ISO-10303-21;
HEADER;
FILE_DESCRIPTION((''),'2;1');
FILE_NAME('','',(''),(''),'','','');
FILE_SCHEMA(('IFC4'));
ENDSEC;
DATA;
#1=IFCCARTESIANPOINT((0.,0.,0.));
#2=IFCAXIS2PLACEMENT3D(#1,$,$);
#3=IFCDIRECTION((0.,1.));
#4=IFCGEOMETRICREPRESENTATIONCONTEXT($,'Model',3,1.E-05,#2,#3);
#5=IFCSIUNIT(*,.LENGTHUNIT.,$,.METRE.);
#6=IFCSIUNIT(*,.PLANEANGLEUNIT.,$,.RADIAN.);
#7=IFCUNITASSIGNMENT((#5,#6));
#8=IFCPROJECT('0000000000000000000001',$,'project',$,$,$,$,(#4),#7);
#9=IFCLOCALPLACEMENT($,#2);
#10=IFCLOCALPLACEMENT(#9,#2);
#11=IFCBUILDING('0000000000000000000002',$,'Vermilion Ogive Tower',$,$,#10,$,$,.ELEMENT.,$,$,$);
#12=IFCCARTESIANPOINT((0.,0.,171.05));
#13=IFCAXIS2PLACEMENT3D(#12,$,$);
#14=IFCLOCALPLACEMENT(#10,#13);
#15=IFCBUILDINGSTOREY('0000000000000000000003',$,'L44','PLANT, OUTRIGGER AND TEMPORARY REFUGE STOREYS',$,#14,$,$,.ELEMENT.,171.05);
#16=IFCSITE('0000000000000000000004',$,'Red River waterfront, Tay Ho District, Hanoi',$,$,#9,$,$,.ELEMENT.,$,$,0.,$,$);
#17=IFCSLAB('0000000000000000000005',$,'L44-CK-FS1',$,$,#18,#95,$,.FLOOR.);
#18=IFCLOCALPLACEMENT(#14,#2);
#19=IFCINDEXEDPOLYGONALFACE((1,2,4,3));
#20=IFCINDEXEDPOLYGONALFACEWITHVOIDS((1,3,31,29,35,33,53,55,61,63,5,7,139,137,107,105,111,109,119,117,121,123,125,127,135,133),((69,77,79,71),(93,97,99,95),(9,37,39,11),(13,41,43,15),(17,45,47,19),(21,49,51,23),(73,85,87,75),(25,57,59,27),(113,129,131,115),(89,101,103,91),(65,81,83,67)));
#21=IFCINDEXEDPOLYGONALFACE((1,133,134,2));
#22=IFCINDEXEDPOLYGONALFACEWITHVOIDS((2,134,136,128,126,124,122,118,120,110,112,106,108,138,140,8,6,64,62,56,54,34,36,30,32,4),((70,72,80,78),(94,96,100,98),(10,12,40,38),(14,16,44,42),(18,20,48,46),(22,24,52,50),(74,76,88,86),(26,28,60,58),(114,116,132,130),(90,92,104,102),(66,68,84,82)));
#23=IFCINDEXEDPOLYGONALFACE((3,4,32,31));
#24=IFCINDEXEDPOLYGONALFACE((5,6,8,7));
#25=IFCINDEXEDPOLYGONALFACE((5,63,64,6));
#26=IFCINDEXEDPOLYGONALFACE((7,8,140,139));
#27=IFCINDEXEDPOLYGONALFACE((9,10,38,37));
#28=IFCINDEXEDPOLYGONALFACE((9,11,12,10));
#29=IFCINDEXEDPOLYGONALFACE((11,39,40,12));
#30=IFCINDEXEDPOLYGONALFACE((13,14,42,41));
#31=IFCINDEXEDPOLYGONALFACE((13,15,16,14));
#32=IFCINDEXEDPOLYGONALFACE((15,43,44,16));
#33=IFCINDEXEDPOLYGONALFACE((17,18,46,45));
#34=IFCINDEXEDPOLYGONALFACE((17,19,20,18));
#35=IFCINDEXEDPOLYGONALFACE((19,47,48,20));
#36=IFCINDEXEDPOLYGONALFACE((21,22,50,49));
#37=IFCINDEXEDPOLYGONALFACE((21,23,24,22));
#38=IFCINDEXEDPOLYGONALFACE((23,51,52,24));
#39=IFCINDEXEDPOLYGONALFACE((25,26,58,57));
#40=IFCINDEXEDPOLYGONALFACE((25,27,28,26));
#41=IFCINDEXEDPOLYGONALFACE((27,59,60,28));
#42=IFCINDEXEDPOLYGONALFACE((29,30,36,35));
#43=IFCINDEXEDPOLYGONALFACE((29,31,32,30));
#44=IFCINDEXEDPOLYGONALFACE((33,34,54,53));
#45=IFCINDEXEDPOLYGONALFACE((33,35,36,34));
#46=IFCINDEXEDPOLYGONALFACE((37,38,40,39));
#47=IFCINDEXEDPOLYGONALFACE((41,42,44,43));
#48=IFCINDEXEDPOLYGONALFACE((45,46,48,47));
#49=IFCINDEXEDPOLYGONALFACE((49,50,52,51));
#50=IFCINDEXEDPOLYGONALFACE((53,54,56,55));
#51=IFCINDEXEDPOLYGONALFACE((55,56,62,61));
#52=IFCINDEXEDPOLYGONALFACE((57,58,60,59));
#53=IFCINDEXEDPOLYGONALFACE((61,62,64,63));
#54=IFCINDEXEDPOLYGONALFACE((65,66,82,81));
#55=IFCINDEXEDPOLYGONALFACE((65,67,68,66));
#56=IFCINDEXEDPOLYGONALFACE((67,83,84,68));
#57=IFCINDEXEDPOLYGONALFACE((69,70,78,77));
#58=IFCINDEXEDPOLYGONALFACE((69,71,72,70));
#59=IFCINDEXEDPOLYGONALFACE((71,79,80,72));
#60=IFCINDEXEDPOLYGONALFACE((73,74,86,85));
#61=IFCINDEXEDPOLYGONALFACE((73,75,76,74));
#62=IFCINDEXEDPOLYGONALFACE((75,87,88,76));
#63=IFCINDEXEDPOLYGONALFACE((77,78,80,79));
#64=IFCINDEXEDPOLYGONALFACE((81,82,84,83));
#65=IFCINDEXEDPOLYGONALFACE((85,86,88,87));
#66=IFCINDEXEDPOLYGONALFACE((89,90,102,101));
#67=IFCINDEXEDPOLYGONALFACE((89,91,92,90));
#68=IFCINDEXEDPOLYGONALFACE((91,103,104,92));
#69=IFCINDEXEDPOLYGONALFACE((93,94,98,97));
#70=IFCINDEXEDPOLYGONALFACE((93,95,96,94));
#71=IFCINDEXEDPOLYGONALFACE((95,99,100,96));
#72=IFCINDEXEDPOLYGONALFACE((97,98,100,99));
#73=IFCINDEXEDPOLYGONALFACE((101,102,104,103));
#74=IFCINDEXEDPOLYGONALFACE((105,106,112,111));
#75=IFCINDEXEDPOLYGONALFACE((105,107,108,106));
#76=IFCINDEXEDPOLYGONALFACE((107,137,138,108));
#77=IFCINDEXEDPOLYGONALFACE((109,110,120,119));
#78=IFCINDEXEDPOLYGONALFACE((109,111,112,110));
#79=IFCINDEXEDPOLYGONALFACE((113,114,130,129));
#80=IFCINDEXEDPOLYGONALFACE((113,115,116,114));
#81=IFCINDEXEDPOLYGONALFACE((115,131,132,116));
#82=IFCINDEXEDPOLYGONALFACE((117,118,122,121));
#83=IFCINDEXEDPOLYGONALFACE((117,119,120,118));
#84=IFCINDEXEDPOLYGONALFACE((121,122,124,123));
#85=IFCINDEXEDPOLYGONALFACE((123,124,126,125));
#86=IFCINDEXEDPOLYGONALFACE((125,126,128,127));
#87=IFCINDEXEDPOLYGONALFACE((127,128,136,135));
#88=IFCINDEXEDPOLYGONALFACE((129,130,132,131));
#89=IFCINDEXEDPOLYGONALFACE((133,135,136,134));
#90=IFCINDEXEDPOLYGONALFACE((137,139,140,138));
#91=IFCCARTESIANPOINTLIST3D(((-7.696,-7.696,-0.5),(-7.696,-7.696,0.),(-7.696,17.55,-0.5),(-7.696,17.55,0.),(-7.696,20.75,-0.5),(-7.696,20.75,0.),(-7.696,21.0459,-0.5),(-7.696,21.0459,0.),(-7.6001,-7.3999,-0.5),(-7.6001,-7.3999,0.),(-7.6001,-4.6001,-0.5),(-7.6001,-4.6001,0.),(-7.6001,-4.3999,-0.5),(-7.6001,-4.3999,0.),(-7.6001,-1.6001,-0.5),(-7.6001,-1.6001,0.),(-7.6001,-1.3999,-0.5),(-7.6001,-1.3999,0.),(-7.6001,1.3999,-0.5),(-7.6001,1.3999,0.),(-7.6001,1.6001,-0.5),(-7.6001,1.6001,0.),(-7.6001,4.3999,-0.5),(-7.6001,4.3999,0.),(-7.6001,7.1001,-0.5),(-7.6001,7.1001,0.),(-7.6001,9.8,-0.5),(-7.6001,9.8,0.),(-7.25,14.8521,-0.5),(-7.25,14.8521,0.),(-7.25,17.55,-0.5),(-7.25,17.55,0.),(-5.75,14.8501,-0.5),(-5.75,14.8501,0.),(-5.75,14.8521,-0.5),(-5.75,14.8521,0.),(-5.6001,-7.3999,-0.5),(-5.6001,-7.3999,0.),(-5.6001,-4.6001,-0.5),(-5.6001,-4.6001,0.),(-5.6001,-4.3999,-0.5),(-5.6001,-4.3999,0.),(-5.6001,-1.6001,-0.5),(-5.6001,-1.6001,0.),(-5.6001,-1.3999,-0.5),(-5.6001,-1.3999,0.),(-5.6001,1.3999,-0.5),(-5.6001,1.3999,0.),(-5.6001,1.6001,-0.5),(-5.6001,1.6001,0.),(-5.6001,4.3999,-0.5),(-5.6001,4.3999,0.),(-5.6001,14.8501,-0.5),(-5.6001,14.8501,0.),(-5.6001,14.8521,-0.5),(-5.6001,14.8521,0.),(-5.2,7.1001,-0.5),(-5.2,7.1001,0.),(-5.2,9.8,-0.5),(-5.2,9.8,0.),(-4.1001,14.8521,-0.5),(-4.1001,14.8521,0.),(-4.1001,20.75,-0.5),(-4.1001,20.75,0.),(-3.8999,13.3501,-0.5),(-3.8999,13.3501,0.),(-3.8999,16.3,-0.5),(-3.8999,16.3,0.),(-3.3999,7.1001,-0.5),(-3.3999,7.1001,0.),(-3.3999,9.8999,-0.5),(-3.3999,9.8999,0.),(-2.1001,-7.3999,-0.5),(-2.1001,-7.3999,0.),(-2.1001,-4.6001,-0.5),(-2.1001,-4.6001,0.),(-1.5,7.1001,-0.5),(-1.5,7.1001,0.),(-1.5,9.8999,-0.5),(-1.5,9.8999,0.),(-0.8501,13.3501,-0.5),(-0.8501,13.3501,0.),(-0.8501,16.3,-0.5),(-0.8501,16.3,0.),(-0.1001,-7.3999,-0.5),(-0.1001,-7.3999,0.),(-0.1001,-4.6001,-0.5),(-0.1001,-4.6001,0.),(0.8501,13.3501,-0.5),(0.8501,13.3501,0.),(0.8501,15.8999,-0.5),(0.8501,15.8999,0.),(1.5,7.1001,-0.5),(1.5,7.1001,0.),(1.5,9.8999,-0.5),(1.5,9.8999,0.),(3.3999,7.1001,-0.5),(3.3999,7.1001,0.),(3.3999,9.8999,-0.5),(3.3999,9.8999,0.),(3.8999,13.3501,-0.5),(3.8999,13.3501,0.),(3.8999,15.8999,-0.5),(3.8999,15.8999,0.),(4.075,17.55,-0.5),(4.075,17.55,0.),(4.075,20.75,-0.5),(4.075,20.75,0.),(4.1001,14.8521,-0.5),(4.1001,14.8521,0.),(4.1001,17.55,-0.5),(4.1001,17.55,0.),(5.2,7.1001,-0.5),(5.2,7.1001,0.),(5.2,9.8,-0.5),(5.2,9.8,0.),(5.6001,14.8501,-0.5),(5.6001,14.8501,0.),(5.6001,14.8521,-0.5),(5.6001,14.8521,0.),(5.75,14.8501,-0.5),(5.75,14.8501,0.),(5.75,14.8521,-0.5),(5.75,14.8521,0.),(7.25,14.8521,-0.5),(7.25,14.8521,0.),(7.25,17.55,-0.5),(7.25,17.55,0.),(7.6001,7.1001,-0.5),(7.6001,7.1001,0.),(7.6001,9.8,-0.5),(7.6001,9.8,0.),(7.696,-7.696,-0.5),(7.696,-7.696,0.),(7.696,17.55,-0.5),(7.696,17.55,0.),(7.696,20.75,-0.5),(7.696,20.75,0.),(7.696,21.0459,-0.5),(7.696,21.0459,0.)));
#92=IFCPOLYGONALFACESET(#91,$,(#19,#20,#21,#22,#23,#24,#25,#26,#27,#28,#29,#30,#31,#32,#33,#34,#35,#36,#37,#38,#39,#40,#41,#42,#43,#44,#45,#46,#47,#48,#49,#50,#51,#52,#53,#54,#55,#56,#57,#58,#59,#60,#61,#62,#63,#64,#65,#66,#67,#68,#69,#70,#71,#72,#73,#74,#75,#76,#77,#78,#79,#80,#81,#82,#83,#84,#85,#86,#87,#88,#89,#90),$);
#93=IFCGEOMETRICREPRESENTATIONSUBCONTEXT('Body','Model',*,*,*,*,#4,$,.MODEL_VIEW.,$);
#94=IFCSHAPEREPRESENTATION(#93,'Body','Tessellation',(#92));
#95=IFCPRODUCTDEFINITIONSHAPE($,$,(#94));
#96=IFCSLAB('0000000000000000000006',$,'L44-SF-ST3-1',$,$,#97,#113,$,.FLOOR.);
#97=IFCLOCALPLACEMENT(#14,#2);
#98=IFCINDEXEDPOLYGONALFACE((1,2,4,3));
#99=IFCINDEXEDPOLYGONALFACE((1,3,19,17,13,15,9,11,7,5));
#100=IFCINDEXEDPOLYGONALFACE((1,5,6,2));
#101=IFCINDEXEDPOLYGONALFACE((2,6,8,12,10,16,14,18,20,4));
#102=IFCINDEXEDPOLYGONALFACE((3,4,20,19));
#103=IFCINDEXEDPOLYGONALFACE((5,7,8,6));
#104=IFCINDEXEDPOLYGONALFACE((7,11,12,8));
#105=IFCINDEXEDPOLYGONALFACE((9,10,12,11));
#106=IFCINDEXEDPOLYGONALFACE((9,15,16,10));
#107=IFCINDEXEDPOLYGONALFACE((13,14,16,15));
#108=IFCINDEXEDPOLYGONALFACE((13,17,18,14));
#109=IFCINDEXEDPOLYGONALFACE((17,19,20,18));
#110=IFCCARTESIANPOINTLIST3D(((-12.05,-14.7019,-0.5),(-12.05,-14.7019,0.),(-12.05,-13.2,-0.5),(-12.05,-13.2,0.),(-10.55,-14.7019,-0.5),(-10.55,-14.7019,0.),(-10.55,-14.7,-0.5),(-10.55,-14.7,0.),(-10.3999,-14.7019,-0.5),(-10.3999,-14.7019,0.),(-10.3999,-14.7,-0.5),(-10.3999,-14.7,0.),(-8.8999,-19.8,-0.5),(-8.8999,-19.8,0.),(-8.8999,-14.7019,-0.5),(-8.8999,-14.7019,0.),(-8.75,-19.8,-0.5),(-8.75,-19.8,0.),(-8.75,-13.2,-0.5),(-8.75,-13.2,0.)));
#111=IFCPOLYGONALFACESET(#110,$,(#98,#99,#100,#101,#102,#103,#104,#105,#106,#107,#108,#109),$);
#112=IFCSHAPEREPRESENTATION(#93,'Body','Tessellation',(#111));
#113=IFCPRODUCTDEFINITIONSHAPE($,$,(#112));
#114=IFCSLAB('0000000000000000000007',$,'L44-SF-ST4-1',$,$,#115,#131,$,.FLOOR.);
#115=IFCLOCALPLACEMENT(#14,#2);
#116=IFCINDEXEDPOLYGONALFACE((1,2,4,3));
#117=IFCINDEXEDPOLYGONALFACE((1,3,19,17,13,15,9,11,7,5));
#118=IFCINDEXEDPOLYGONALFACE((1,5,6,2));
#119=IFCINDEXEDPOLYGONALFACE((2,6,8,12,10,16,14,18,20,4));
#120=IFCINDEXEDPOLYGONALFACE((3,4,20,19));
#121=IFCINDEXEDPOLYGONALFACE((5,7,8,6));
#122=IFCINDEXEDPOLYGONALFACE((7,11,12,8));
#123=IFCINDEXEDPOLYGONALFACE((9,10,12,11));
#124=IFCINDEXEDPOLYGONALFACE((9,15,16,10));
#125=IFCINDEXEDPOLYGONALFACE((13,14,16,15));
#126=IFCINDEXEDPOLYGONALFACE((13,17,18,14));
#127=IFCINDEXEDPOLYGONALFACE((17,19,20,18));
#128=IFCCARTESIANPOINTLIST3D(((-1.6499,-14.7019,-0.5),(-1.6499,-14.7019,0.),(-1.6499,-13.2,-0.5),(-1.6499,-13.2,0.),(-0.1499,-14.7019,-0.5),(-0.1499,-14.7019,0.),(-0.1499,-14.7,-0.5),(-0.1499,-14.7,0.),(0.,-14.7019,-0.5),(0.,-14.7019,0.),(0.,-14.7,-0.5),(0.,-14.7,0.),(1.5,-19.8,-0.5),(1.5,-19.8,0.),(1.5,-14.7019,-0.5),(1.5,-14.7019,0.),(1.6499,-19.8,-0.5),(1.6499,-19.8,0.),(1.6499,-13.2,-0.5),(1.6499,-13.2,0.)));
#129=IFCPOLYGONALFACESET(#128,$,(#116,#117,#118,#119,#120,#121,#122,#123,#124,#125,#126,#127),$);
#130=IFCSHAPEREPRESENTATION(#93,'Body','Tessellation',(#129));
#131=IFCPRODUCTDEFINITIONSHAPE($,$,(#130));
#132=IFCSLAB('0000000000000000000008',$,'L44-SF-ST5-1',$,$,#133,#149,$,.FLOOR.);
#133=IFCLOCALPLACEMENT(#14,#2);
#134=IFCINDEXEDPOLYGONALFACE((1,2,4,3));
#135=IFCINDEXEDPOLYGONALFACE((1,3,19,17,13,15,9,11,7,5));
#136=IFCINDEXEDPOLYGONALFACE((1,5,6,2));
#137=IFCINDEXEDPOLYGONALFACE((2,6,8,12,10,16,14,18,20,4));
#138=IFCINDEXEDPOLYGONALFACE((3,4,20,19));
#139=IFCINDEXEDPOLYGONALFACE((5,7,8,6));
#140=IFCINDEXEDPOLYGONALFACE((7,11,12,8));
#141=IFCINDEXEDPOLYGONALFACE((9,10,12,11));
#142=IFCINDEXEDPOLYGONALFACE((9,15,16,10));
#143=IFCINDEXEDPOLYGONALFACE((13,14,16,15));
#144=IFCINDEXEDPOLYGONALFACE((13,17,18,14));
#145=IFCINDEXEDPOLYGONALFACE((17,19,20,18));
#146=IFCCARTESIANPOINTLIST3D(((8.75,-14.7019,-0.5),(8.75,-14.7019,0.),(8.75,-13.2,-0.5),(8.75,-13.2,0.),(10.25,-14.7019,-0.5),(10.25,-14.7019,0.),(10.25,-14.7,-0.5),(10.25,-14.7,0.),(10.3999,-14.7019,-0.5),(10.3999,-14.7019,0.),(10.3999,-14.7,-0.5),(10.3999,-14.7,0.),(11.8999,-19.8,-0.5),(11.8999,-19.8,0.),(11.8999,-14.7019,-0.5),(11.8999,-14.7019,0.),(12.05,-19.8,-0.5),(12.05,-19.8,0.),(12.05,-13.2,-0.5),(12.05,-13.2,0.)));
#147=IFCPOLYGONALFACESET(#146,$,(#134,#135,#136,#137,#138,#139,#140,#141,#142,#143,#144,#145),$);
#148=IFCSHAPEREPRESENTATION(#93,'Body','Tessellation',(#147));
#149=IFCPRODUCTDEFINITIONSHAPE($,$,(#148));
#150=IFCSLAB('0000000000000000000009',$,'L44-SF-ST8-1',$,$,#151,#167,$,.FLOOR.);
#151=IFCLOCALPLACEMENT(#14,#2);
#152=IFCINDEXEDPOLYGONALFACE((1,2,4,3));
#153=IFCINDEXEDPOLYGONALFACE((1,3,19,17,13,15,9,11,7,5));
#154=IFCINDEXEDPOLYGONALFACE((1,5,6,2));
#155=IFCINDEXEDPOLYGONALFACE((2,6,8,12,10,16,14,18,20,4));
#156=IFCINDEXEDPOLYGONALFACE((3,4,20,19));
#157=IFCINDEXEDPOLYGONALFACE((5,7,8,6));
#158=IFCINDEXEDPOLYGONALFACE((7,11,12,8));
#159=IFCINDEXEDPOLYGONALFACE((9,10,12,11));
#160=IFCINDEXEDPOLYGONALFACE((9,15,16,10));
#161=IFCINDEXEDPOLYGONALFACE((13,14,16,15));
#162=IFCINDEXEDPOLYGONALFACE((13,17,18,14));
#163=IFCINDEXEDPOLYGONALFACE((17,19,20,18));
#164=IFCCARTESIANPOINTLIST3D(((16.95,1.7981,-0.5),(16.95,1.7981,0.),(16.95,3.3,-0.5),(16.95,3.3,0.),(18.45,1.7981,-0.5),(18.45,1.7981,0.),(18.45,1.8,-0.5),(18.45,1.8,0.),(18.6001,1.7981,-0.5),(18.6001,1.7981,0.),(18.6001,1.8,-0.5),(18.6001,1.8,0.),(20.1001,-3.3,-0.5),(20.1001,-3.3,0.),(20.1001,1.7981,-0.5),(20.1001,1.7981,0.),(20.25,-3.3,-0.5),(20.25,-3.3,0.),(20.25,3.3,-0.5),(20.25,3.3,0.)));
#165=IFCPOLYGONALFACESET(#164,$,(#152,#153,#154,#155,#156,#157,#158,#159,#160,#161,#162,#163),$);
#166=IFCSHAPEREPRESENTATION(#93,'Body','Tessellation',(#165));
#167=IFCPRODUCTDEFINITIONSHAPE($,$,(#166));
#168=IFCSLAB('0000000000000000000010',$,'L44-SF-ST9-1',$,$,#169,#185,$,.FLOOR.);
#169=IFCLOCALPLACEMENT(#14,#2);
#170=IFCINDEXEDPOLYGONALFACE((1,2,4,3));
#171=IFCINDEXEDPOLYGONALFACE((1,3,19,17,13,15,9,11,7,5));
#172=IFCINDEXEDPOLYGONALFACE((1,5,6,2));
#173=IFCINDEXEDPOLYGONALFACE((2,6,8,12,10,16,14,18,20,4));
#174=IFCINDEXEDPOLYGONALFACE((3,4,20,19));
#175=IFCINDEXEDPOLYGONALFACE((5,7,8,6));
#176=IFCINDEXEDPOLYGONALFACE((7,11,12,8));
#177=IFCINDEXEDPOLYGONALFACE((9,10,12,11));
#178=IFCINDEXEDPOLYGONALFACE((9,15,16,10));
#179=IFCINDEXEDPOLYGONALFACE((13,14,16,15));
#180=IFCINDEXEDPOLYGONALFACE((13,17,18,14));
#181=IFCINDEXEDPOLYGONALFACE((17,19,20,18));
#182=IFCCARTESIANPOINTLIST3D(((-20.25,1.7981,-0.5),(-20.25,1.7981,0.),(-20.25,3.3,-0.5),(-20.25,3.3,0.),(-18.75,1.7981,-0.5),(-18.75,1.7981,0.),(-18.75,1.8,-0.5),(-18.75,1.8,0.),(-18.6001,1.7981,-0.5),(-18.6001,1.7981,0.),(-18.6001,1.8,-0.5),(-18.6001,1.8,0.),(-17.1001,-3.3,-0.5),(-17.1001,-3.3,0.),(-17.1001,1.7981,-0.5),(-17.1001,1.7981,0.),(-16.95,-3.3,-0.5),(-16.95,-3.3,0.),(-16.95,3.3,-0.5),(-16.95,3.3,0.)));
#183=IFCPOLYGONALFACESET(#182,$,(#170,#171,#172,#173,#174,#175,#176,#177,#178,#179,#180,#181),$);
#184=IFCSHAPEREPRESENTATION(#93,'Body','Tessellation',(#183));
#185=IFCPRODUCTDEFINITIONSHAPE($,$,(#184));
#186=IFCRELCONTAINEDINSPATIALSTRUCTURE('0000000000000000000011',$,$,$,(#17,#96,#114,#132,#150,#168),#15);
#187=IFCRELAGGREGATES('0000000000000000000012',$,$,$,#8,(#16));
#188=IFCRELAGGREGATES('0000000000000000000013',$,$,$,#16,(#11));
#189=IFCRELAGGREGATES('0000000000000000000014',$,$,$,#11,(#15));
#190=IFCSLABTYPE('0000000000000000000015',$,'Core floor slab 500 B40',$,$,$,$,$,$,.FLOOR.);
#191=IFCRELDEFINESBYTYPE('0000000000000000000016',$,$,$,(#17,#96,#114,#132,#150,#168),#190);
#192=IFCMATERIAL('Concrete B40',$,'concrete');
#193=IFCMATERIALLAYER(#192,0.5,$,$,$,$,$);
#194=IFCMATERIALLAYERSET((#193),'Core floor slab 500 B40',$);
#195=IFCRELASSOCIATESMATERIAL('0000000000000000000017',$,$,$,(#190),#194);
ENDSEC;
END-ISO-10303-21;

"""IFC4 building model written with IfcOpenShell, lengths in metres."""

from ifc_helpers import new_model, si_unit, direction, frame, origin, place, context, subcontext, project, spatial, polyline, outline, extrude, material, layer, layer_set, type_object, element, save


model = new_model("IFC4")

# Units and contexts
model_context = context("Model", 3, precision=1e-05, world=origin(), true_north=direction((0.0, 1.0)))
body_context = subcontext(model_context, "Body", "Model", "MODEL_VIEW")
ifc_project = project(units=[si_unit("LENGTHUNIT", "METRE"), si_unit("PLANEANGLEUNIT", "RADIAN")], contexts=[model_context])

# Site, building, storey
site_placement = place(None, origin())
site = spatial("IfcSite", under=ifc_project, at=site_placement, Name="Red River waterfront, Tay Ho District, Hanoi", CompositionType="ELEMENT", RefElevation=0.0)
building_placement = place(site_placement, origin())
building = spatial("IfcBuilding", under=site, at=building_placement, Name="Vermilion Ogive Tower", CompositionType="ELEMENT")
storey_placement = place(building_placement, frame((0.0, 0.0, 171.05)))
storey = spatial("IfcBuildingStorey", under=building, at=storey_placement, Name="L44", Description="PLANT, OUTRIGGER AND TEMPORARY REFUGE STOREYS", CompositionType="ELEMENT", Elevation=171.05)

# Slabs
ifc_material_1 = material(Name="Concrete B40", Category="concrete")
ifc_layer_1 = layer(ifc_material_1, 0.5)
ifc_layer_set_1 = layer_set([ifc_layer_1], Name="Core floor slab 500 B40")
slab_type_1 = type_object("IfcSlabType", Name="Core floor slab 500 B40", PredefinedType="FLOOR", material=ifc_layer_set_1)
slab_1_placement = place(storey_placement, frame((0.0, 0.0, -0.5)))
element("IfcSlab", 1, at=slab_1_placement, inside=storey, type_object=slab_type_1, Name="L44-CK-FS1", PredefinedType="FLOOR", context=body_context, shape_type="SweptSolid", body=[
    extrude(outline(polyline([(5.75, 14.8501), (5.6001, 14.8501), (5.6001, 14.8521), (4.1001, 14.8521), (4.1001, 17.55), (4.075, 17.55), (4.075, 20.75), (7.696, 20.75), (7.696, 21.0459), (-7.696, 21.0459), (-7.696, 20.75), (-4.1001, 20.75), (-4.1001, 14.8521), (-5.6001, 14.8521), (-5.6001, 14.8501), (-5.75, 14.8501), (-5.75, 14.8521), (-7.25, 14.8521), (-7.25, 17.55), (-7.696, 17.55), (-7.696, -7.696), (7.696, -7.696), (7.696, 17.55), (7.25, 17.55), (7.25, 14.8521), (5.75, 14.8521), (5.75, 14.8501)]), holes=[polyline([(-7.6001, -7.3999), (-7.6001, -4.6001), (-5.6001, -4.6001), (-5.6001, -7.3999), (-7.6001, -7.3999)]), polyline([(-7.6001, -4.3999), (-7.6001, -1.6001), (-5.6001, -1.6001), (-5.6001, -4.3999), (-7.6001, -4.3999)]), polyline([(-7.6001, -1.3999), (-7.6001, 1.3999), (-5.6001, 1.3999), (-5.6001, -1.3999), (-7.6001, -1.3999)]), polyline([(-7.6001, 1.6001), (-7.6001, 4.3999), (-5.6001, 4.3999), (-5.6001, 1.6001), (-7.6001, 1.6001)]), polyline([(-7.6001, 7.1001), (-7.6001, 9.8), (-5.2, 9.8), (-5.2, 7.1001), (-7.6001, 7.1001)]), polyline([(-3.3999, 9.8999), (-1.5, 9.8999), (-1.5, 7.1001), (-3.3999, 7.1001), (-3.3999, 9.8999)]), polyline([(-2.1001, -7.3999), (-2.1001, -4.6001), (-0.1001, -4.6001), (-0.1001, -7.3999), (-2.1001, -7.3999)]), polyline([(5.2, 7.1001), (5.2, 9.8), (7.6001, 9.8), (7.6001, 7.1001), (5.2, 7.1001)]), polyline([(1.5, 7.1001), (1.5, 9.8999), (3.3999, 9.8999), (3.3999, 7.1001), (1.5, 7.1001)]), polyline([(0.8501, 13.3501), (0.8501, 15.8999), (3.8999, 15.8999), (3.8999, 13.3501), (0.8501, 13.3501)]), polyline([(-3.8999, 16.3), (-0.8501, 16.3), (-0.8501, 13.3501), (-3.8999, 13.3501), (-3.8999, 16.3)])]), origin(), (0.0, 0.0, 1.0), 0.5),
])
slab_2_placement = place(storey_placement, frame((0.0, 0.0, -0.5)))
element("IfcSlab", 2, at=slab_2_placement, inside=storey, type_object=slab_type_1, Name="L44-SF-ST3-1", PredefinedType="FLOOR", context=body_context, shape_type="SweptSolid", body=[
    extrude(outline(polyline([(-12.05, -13.2), (-12.05, -14.7019), (-10.55, -14.7019), (-10.55, -14.7), (-10.3999, -14.7), (-10.3999, -14.7019), (-8.8999, -14.7019), (-8.8999, -19.8), (-8.75, -19.8), (-8.75, -13.2), (-12.05, -13.2)])), origin(), (0.0, 0.0, 1.0), 0.5),
])
slab_3_placement = place(storey_placement, frame((0.0, 0.0, -0.5)))
element("IfcSlab", 3, at=slab_3_placement, inside=storey, type_object=slab_type_1, Name="L44-SF-ST4-1", PredefinedType="FLOOR", context=body_context, shape_type="SweptSolid", body=[
    extrude(outline(polyline([(-1.6499, -13.2), (-1.6499, -14.7019), (-0.1499, -14.7019), (-0.1499, -14.7), (0.0, -14.7), (0.0, -14.7019), (1.5, -14.7019), (1.5, -19.8), (1.6499, -19.8), (1.6499, -13.2), (-1.6499, -13.2)])), origin(), (0.0, 0.0, 1.0), 0.5),
])
slab_4_placement = place(storey_placement, frame((0.0, 0.0, -0.5)))
element("IfcSlab", 4, at=slab_4_placement, inside=storey, type_object=slab_type_1, Name="L44-SF-ST5-1", PredefinedType="FLOOR", context=body_context, shape_type="SweptSolid", body=[
    extrude(outline(polyline([(8.75, -13.2), (8.75, -14.7019), (10.25, -14.7019), (10.25, -14.7), (10.3999, -14.7), (10.3999, -14.7019), (11.8999, -14.7019), (11.8999, -19.8), (12.05, -19.8), (12.05, -13.2), (8.75, -13.2)])), origin(), (0.0, 0.0, 1.0), 0.5),
])
slab_5_placement = place(storey_placement, frame((0.0, 0.0, -0.5)))
element("IfcSlab", 5, at=slab_5_placement, inside=storey, type_object=slab_type_1, Name="L44-SF-ST8-1", PredefinedType="FLOOR", context=body_context, shape_type="SweptSolid", body=[
    extrude(outline(polyline([(16.95, 3.3), (16.95, 1.7981), (18.45, 1.7981), (18.45, 1.8), (18.6001, 1.8), (18.6001, 1.7981), (20.1001, 1.7981), (20.1001, -3.3), (20.25, -3.3), (20.25, 3.3), (16.95, 3.3)])), origin(), (0.0, 0.0, 1.0), 0.5),
])
slab_6_placement = place(storey_placement, frame((0.0, 0.0, -0.5)))
element("IfcSlab", 6, at=slab_6_placement, inside=storey, type_object=slab_type_1, Name="L44-SF-ST9-1", PredefinedType="FLOOR", context=body_context, shape_type="SweptSolid", body=[
    extrude(outline(polyline([(-20.25, 3.3), (-20.25, 1.7981), (-18.75, 1.7981), (-18.75, 1.8), (-18.6001, 1.8), (-18.6001, 1.7981), (-17.1001, 1.7981), (-17.1001, -3.3), (-16.95, -3.3), (-16.95, 3.3), (-20.25, 3.3)])), origin(), (0.0, 0.0, 1.0), 0.5),
])

save(model, "model.ifc")
